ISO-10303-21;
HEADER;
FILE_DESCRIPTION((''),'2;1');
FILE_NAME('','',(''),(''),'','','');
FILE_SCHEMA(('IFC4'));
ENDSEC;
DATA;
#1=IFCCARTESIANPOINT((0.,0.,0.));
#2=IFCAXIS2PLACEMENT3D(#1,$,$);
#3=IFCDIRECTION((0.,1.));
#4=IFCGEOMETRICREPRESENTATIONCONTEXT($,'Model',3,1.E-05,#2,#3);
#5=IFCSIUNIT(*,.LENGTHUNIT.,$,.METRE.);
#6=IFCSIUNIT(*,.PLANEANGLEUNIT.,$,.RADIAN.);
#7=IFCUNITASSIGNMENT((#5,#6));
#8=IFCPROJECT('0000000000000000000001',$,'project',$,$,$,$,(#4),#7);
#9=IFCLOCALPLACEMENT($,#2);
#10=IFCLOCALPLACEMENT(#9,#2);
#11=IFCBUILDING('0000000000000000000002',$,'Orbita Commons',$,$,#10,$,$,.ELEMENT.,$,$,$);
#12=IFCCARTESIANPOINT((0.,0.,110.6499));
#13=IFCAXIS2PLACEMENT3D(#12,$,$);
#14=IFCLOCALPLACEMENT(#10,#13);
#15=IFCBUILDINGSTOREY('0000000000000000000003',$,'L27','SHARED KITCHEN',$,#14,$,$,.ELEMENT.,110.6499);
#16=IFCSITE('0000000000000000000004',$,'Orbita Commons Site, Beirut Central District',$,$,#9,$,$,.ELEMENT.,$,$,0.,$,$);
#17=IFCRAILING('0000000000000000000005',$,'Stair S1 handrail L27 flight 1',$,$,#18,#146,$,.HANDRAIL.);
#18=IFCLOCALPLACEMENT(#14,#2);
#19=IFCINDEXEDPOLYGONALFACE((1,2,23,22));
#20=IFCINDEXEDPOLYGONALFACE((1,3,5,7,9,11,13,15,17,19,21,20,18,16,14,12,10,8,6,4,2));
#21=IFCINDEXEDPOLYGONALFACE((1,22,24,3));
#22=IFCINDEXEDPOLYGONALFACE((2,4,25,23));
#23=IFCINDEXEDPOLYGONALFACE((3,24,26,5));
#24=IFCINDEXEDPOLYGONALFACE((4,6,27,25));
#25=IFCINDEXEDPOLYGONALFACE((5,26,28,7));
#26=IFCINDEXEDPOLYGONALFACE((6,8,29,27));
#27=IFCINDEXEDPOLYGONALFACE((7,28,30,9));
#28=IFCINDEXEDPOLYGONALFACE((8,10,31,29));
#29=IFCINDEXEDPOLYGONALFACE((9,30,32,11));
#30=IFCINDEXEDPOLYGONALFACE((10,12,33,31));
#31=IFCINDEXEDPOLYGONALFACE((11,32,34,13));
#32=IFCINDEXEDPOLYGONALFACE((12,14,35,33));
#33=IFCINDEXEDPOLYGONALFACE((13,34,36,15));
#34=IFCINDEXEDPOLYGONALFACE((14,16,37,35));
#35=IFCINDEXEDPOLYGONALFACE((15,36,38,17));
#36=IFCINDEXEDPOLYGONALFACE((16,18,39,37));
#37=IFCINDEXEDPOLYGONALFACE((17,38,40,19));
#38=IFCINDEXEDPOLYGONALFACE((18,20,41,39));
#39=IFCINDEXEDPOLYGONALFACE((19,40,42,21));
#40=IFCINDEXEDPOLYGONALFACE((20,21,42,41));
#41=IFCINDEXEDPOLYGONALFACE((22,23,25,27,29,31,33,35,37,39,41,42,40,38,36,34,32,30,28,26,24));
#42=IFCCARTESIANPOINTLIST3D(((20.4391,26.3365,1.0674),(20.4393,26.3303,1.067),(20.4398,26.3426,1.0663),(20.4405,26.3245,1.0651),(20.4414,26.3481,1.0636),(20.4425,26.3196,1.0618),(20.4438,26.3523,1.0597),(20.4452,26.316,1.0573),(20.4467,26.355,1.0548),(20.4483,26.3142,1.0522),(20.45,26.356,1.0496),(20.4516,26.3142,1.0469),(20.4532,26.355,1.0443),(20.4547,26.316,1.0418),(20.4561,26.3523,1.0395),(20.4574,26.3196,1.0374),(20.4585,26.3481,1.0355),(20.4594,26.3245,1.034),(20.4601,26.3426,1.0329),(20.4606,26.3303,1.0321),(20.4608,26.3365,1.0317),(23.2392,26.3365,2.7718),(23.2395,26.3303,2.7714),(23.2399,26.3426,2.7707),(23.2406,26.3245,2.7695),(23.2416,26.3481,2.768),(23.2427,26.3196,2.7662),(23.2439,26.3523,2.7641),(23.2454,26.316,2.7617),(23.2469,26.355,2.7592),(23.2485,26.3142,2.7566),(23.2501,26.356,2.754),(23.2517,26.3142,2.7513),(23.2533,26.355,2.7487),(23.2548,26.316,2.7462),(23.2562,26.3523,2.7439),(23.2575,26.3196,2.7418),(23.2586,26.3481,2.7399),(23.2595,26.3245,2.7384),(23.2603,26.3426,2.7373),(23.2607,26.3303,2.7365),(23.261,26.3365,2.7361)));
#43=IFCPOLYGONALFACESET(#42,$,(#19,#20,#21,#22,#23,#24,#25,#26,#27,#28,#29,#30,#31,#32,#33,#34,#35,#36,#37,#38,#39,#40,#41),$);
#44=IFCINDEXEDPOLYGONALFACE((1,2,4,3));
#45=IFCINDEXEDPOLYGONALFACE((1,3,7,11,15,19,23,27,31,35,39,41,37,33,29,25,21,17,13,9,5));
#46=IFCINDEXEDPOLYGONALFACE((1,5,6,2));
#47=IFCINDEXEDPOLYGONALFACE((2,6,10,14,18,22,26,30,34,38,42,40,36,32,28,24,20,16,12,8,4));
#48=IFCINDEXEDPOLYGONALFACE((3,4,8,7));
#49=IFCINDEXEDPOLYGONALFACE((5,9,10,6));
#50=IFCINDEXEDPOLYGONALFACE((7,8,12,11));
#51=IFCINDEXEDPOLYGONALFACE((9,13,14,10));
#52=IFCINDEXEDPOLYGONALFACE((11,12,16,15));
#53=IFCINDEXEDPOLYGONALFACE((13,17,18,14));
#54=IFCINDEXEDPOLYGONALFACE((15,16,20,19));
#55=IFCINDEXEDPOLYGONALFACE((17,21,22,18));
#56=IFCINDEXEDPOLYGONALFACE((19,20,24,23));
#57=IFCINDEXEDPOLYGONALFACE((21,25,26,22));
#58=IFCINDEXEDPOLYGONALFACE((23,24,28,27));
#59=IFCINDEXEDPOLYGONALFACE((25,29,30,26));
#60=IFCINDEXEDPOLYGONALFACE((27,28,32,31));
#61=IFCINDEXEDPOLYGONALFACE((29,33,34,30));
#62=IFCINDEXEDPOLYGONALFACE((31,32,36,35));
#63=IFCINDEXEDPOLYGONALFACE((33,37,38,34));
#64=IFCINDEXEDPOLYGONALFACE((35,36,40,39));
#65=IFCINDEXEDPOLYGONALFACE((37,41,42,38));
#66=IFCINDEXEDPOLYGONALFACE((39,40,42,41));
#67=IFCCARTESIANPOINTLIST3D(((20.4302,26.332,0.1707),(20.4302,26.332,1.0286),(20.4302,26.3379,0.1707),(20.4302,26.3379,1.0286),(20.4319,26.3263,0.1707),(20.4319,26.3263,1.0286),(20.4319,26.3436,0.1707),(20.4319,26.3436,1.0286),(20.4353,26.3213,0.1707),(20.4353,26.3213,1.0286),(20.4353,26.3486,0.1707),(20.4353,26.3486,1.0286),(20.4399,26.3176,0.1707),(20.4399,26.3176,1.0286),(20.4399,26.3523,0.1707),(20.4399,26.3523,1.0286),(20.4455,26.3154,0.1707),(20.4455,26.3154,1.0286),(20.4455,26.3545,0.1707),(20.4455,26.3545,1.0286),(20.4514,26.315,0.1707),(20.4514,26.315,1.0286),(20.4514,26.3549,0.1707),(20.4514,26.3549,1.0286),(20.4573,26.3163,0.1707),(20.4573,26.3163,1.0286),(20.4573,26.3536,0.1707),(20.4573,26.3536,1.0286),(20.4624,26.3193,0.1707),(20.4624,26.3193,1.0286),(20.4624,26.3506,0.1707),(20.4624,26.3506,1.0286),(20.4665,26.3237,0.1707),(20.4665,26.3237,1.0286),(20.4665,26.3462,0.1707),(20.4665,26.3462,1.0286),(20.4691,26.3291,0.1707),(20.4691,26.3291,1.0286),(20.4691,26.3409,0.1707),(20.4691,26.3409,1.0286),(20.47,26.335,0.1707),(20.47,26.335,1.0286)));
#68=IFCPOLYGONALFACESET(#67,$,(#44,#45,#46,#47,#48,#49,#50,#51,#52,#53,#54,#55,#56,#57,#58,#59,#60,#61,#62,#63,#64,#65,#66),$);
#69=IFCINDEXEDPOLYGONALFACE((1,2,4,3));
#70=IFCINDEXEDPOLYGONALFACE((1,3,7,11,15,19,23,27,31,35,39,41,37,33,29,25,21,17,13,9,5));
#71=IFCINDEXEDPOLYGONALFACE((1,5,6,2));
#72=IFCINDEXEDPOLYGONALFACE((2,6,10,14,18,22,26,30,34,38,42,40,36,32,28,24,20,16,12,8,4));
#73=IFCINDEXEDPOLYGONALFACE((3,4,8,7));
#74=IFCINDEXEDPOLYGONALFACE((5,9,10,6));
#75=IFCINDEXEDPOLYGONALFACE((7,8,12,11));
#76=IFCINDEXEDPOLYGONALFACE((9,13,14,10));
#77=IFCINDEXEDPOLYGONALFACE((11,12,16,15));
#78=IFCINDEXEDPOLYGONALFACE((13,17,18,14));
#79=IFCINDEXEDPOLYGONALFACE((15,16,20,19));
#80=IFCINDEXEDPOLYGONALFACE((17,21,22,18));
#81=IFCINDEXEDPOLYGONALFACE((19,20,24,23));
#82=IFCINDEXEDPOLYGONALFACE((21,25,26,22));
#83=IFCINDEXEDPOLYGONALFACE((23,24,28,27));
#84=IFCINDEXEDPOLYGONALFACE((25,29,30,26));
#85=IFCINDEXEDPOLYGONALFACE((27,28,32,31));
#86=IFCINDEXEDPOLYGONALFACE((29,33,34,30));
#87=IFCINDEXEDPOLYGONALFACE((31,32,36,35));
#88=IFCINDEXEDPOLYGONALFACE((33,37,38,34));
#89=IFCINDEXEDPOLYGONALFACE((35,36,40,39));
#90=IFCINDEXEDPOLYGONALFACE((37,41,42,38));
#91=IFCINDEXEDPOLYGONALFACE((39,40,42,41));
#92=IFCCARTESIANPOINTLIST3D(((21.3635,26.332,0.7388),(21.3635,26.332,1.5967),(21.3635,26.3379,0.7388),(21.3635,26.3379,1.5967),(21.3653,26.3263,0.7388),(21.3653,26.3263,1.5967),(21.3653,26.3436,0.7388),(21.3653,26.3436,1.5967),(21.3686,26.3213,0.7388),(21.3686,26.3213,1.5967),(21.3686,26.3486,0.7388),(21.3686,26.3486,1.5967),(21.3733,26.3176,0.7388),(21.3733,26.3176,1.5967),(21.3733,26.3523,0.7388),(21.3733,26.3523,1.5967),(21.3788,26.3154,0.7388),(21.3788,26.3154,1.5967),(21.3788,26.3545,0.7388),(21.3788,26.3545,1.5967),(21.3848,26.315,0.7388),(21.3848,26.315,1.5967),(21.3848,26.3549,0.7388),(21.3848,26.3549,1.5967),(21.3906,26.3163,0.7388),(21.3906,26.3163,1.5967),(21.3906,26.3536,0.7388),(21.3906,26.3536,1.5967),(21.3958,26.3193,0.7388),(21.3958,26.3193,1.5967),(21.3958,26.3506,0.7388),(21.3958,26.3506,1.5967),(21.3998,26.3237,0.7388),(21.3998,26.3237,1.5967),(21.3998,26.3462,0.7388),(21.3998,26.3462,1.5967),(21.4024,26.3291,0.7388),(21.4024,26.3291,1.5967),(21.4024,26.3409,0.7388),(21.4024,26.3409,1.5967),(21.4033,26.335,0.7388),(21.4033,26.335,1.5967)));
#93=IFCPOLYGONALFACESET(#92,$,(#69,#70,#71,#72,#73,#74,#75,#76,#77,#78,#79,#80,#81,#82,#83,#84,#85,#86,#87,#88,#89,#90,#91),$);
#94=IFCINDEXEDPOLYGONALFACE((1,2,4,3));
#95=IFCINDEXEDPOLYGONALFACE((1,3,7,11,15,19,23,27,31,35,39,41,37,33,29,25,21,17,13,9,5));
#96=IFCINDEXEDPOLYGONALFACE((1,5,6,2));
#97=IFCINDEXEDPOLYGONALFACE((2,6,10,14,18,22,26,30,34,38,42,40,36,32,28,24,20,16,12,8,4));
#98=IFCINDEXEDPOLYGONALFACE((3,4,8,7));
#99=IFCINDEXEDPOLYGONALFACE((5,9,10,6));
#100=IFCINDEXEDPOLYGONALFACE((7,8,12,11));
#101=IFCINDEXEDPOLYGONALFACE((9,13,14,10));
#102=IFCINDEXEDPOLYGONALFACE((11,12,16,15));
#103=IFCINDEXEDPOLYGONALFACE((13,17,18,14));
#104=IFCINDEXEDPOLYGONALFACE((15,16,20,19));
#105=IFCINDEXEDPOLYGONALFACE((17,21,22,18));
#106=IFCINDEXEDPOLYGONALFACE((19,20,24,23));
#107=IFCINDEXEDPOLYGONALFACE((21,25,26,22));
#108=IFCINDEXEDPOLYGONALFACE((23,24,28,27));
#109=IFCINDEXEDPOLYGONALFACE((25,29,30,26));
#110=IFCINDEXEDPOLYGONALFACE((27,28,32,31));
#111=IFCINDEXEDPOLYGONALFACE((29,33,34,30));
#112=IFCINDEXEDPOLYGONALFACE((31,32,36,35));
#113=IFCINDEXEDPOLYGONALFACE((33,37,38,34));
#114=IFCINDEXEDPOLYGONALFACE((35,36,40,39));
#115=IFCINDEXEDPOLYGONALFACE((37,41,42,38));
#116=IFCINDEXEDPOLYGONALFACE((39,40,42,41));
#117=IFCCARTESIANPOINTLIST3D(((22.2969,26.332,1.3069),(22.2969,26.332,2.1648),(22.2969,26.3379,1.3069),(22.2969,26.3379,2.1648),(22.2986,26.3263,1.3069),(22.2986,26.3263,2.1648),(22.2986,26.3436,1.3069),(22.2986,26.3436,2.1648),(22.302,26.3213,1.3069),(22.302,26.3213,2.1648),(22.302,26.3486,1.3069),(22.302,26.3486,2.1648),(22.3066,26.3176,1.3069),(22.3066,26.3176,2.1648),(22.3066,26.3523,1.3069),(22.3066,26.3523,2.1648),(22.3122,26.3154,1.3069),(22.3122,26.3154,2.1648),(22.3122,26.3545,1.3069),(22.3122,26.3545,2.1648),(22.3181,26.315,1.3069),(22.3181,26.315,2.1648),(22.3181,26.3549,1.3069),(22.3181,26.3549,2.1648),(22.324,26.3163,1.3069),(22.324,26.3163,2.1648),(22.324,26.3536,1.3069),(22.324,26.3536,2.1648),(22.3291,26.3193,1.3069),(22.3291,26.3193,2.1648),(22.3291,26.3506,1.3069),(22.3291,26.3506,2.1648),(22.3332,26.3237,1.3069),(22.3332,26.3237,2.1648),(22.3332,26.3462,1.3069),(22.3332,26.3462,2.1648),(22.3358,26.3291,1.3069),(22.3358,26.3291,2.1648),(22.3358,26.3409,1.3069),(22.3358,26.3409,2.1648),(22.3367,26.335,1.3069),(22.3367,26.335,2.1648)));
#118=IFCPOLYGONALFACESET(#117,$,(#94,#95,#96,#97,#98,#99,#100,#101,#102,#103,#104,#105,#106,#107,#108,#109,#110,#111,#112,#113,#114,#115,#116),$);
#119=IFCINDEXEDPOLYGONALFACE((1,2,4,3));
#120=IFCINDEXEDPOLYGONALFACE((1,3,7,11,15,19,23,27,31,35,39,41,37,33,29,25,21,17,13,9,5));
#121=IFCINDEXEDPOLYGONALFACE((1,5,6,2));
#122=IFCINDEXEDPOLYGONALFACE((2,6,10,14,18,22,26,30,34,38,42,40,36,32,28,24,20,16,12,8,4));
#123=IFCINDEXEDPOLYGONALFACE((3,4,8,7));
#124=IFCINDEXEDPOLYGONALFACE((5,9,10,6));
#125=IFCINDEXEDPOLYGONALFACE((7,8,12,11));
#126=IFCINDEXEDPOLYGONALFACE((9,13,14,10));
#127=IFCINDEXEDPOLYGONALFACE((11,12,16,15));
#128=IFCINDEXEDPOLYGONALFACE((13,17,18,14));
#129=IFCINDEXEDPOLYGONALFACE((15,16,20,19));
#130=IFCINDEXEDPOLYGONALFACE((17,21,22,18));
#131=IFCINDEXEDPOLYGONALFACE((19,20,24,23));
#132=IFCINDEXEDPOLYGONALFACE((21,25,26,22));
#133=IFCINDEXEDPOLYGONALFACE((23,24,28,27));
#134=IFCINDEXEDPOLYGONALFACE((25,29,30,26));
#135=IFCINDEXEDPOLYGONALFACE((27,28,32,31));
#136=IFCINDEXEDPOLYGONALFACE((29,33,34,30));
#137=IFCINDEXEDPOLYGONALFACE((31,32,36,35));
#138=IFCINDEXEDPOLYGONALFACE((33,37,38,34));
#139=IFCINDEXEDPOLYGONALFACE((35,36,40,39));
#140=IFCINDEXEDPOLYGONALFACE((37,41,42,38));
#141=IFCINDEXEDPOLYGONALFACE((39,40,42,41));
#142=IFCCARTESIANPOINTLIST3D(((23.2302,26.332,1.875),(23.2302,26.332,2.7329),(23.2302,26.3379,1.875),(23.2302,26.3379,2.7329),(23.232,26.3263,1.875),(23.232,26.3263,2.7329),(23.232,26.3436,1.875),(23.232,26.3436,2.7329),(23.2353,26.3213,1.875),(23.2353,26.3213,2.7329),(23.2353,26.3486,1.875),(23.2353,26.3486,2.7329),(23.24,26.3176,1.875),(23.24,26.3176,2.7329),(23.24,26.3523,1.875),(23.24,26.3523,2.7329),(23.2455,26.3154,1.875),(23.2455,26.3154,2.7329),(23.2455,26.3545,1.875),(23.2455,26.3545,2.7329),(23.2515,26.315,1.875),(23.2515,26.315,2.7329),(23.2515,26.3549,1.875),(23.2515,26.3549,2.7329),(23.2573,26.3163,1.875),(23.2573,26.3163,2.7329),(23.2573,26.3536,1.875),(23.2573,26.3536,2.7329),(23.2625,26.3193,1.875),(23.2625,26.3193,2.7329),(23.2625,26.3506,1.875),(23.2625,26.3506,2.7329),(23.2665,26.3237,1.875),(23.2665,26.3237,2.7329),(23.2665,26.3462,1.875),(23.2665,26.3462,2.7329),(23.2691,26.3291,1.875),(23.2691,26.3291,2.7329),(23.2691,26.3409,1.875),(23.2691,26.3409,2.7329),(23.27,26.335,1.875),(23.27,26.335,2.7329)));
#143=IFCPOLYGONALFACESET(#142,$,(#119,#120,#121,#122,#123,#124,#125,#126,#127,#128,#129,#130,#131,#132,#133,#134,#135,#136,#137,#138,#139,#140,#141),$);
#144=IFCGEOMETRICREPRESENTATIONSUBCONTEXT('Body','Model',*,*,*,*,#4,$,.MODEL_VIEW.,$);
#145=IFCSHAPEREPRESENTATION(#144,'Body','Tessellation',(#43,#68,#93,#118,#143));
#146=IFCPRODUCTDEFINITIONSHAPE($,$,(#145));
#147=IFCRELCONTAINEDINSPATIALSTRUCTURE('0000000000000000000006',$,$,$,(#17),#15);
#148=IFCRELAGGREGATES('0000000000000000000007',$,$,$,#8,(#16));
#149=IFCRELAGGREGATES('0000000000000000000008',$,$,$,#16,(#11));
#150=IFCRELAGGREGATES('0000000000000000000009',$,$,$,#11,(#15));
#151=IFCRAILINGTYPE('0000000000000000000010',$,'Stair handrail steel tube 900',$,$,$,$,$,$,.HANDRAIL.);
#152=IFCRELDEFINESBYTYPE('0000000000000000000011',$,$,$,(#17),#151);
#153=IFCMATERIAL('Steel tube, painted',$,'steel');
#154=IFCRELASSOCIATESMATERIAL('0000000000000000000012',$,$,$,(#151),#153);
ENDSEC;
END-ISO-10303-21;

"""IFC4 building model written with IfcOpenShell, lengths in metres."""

from ifc_helpers import new_model, si_unit, direction, frame, origin, origin_2d, place, context, subcontext, project, spatial, circle, extrude, material, type_object, element, save


model = new_model("IFC4")

# Units and contexts
model_context = context("Model", 3, precision=1e-05, world=origin(), true_north=direction((0.0, 1.0)))
body_context = subcontext(model_context, "Body", "Model", "MODEL_VIEW")
ifc_project = project(units=[si_unit("LENGTHUNIT", "METRE"), si_unit("PLANEANGLEUNIT", "RADIAN")], contexts=[model_context])

# Site, building, storey
site_placement = place(None, origin())
site = spatial("IfcSite", under=ifc_project, at=site_placement, Name="Orbita Commons Site, Beirut Central District", CompositionType="ELEMENT", RefElevation=0.0)
building_placement = place(site_placement, origin())
building = spatial("IfcBuilding", under=site, at=building_placement, Name="Orbita Commons", CompositionType="ELEMENT")
storey_placement = place(building_placement, frame((0.0, 0.0, 110.6499)))
storey = spatial("IfcBuildingStorey", under=building, at=storey_placement, Name="L27", Description="SHARED KITCHEN", CompositionType="ELEMENT", Elevation=110.6499)

# Railing
ifc_material_1 = material(Name="Steel tube, painted", Category="steel")
railing_type = type_object("IfcRailingType", Name="Stair handrail steel tube 900", PredefinedType="HANDRAIL", material=ifc_material_1)
for number, where, name in (
    (1, (20.45, 26.335, 0.1707), "Stair S1 handrail L27 flight 1"),
):
    element("IfcRailing", number, at=place(storey_placement, frame(where)), inside=storey, type_object=railing_type, Name=name, PredefinedType="HANDRAIL", context=body_context, shape_type="SweptSolid", body=[
        extrude(circle(Radius=0.021, at=origin_2d()), frame((0.0, 0.0, 0.8789), z_axis=(0.854203, 0.0, 0.51994), x_axis=(0.0, 1.0, 0.0)), (0.0, 0.0, 1.0), 3.2781),
        extrude(circle(Radius=0.02, at=origin_2d()), origin(), (0.0, 0.0, 1.0), 0.8579),
        extrude(circle(Radius=0.02, at=origin_2d()), frame((0.9333, 0.0, 0.5681)), (0.0, 0.0, 1.0), 0.8579),
        extrude(circle(Radius=0.02, at=origin_2d()), frame((1.8667, 0.0, 1.1362)), (0.0, 0.0, 1.0), 0.8579),
        extrude(circle(Radius=0.02, at=origin_2d()), frame((2.8, 0.0, 1.7043)), (0.0, 0.0, 1.0), 0.8579),
    ])

save(model, "model.ifc")
